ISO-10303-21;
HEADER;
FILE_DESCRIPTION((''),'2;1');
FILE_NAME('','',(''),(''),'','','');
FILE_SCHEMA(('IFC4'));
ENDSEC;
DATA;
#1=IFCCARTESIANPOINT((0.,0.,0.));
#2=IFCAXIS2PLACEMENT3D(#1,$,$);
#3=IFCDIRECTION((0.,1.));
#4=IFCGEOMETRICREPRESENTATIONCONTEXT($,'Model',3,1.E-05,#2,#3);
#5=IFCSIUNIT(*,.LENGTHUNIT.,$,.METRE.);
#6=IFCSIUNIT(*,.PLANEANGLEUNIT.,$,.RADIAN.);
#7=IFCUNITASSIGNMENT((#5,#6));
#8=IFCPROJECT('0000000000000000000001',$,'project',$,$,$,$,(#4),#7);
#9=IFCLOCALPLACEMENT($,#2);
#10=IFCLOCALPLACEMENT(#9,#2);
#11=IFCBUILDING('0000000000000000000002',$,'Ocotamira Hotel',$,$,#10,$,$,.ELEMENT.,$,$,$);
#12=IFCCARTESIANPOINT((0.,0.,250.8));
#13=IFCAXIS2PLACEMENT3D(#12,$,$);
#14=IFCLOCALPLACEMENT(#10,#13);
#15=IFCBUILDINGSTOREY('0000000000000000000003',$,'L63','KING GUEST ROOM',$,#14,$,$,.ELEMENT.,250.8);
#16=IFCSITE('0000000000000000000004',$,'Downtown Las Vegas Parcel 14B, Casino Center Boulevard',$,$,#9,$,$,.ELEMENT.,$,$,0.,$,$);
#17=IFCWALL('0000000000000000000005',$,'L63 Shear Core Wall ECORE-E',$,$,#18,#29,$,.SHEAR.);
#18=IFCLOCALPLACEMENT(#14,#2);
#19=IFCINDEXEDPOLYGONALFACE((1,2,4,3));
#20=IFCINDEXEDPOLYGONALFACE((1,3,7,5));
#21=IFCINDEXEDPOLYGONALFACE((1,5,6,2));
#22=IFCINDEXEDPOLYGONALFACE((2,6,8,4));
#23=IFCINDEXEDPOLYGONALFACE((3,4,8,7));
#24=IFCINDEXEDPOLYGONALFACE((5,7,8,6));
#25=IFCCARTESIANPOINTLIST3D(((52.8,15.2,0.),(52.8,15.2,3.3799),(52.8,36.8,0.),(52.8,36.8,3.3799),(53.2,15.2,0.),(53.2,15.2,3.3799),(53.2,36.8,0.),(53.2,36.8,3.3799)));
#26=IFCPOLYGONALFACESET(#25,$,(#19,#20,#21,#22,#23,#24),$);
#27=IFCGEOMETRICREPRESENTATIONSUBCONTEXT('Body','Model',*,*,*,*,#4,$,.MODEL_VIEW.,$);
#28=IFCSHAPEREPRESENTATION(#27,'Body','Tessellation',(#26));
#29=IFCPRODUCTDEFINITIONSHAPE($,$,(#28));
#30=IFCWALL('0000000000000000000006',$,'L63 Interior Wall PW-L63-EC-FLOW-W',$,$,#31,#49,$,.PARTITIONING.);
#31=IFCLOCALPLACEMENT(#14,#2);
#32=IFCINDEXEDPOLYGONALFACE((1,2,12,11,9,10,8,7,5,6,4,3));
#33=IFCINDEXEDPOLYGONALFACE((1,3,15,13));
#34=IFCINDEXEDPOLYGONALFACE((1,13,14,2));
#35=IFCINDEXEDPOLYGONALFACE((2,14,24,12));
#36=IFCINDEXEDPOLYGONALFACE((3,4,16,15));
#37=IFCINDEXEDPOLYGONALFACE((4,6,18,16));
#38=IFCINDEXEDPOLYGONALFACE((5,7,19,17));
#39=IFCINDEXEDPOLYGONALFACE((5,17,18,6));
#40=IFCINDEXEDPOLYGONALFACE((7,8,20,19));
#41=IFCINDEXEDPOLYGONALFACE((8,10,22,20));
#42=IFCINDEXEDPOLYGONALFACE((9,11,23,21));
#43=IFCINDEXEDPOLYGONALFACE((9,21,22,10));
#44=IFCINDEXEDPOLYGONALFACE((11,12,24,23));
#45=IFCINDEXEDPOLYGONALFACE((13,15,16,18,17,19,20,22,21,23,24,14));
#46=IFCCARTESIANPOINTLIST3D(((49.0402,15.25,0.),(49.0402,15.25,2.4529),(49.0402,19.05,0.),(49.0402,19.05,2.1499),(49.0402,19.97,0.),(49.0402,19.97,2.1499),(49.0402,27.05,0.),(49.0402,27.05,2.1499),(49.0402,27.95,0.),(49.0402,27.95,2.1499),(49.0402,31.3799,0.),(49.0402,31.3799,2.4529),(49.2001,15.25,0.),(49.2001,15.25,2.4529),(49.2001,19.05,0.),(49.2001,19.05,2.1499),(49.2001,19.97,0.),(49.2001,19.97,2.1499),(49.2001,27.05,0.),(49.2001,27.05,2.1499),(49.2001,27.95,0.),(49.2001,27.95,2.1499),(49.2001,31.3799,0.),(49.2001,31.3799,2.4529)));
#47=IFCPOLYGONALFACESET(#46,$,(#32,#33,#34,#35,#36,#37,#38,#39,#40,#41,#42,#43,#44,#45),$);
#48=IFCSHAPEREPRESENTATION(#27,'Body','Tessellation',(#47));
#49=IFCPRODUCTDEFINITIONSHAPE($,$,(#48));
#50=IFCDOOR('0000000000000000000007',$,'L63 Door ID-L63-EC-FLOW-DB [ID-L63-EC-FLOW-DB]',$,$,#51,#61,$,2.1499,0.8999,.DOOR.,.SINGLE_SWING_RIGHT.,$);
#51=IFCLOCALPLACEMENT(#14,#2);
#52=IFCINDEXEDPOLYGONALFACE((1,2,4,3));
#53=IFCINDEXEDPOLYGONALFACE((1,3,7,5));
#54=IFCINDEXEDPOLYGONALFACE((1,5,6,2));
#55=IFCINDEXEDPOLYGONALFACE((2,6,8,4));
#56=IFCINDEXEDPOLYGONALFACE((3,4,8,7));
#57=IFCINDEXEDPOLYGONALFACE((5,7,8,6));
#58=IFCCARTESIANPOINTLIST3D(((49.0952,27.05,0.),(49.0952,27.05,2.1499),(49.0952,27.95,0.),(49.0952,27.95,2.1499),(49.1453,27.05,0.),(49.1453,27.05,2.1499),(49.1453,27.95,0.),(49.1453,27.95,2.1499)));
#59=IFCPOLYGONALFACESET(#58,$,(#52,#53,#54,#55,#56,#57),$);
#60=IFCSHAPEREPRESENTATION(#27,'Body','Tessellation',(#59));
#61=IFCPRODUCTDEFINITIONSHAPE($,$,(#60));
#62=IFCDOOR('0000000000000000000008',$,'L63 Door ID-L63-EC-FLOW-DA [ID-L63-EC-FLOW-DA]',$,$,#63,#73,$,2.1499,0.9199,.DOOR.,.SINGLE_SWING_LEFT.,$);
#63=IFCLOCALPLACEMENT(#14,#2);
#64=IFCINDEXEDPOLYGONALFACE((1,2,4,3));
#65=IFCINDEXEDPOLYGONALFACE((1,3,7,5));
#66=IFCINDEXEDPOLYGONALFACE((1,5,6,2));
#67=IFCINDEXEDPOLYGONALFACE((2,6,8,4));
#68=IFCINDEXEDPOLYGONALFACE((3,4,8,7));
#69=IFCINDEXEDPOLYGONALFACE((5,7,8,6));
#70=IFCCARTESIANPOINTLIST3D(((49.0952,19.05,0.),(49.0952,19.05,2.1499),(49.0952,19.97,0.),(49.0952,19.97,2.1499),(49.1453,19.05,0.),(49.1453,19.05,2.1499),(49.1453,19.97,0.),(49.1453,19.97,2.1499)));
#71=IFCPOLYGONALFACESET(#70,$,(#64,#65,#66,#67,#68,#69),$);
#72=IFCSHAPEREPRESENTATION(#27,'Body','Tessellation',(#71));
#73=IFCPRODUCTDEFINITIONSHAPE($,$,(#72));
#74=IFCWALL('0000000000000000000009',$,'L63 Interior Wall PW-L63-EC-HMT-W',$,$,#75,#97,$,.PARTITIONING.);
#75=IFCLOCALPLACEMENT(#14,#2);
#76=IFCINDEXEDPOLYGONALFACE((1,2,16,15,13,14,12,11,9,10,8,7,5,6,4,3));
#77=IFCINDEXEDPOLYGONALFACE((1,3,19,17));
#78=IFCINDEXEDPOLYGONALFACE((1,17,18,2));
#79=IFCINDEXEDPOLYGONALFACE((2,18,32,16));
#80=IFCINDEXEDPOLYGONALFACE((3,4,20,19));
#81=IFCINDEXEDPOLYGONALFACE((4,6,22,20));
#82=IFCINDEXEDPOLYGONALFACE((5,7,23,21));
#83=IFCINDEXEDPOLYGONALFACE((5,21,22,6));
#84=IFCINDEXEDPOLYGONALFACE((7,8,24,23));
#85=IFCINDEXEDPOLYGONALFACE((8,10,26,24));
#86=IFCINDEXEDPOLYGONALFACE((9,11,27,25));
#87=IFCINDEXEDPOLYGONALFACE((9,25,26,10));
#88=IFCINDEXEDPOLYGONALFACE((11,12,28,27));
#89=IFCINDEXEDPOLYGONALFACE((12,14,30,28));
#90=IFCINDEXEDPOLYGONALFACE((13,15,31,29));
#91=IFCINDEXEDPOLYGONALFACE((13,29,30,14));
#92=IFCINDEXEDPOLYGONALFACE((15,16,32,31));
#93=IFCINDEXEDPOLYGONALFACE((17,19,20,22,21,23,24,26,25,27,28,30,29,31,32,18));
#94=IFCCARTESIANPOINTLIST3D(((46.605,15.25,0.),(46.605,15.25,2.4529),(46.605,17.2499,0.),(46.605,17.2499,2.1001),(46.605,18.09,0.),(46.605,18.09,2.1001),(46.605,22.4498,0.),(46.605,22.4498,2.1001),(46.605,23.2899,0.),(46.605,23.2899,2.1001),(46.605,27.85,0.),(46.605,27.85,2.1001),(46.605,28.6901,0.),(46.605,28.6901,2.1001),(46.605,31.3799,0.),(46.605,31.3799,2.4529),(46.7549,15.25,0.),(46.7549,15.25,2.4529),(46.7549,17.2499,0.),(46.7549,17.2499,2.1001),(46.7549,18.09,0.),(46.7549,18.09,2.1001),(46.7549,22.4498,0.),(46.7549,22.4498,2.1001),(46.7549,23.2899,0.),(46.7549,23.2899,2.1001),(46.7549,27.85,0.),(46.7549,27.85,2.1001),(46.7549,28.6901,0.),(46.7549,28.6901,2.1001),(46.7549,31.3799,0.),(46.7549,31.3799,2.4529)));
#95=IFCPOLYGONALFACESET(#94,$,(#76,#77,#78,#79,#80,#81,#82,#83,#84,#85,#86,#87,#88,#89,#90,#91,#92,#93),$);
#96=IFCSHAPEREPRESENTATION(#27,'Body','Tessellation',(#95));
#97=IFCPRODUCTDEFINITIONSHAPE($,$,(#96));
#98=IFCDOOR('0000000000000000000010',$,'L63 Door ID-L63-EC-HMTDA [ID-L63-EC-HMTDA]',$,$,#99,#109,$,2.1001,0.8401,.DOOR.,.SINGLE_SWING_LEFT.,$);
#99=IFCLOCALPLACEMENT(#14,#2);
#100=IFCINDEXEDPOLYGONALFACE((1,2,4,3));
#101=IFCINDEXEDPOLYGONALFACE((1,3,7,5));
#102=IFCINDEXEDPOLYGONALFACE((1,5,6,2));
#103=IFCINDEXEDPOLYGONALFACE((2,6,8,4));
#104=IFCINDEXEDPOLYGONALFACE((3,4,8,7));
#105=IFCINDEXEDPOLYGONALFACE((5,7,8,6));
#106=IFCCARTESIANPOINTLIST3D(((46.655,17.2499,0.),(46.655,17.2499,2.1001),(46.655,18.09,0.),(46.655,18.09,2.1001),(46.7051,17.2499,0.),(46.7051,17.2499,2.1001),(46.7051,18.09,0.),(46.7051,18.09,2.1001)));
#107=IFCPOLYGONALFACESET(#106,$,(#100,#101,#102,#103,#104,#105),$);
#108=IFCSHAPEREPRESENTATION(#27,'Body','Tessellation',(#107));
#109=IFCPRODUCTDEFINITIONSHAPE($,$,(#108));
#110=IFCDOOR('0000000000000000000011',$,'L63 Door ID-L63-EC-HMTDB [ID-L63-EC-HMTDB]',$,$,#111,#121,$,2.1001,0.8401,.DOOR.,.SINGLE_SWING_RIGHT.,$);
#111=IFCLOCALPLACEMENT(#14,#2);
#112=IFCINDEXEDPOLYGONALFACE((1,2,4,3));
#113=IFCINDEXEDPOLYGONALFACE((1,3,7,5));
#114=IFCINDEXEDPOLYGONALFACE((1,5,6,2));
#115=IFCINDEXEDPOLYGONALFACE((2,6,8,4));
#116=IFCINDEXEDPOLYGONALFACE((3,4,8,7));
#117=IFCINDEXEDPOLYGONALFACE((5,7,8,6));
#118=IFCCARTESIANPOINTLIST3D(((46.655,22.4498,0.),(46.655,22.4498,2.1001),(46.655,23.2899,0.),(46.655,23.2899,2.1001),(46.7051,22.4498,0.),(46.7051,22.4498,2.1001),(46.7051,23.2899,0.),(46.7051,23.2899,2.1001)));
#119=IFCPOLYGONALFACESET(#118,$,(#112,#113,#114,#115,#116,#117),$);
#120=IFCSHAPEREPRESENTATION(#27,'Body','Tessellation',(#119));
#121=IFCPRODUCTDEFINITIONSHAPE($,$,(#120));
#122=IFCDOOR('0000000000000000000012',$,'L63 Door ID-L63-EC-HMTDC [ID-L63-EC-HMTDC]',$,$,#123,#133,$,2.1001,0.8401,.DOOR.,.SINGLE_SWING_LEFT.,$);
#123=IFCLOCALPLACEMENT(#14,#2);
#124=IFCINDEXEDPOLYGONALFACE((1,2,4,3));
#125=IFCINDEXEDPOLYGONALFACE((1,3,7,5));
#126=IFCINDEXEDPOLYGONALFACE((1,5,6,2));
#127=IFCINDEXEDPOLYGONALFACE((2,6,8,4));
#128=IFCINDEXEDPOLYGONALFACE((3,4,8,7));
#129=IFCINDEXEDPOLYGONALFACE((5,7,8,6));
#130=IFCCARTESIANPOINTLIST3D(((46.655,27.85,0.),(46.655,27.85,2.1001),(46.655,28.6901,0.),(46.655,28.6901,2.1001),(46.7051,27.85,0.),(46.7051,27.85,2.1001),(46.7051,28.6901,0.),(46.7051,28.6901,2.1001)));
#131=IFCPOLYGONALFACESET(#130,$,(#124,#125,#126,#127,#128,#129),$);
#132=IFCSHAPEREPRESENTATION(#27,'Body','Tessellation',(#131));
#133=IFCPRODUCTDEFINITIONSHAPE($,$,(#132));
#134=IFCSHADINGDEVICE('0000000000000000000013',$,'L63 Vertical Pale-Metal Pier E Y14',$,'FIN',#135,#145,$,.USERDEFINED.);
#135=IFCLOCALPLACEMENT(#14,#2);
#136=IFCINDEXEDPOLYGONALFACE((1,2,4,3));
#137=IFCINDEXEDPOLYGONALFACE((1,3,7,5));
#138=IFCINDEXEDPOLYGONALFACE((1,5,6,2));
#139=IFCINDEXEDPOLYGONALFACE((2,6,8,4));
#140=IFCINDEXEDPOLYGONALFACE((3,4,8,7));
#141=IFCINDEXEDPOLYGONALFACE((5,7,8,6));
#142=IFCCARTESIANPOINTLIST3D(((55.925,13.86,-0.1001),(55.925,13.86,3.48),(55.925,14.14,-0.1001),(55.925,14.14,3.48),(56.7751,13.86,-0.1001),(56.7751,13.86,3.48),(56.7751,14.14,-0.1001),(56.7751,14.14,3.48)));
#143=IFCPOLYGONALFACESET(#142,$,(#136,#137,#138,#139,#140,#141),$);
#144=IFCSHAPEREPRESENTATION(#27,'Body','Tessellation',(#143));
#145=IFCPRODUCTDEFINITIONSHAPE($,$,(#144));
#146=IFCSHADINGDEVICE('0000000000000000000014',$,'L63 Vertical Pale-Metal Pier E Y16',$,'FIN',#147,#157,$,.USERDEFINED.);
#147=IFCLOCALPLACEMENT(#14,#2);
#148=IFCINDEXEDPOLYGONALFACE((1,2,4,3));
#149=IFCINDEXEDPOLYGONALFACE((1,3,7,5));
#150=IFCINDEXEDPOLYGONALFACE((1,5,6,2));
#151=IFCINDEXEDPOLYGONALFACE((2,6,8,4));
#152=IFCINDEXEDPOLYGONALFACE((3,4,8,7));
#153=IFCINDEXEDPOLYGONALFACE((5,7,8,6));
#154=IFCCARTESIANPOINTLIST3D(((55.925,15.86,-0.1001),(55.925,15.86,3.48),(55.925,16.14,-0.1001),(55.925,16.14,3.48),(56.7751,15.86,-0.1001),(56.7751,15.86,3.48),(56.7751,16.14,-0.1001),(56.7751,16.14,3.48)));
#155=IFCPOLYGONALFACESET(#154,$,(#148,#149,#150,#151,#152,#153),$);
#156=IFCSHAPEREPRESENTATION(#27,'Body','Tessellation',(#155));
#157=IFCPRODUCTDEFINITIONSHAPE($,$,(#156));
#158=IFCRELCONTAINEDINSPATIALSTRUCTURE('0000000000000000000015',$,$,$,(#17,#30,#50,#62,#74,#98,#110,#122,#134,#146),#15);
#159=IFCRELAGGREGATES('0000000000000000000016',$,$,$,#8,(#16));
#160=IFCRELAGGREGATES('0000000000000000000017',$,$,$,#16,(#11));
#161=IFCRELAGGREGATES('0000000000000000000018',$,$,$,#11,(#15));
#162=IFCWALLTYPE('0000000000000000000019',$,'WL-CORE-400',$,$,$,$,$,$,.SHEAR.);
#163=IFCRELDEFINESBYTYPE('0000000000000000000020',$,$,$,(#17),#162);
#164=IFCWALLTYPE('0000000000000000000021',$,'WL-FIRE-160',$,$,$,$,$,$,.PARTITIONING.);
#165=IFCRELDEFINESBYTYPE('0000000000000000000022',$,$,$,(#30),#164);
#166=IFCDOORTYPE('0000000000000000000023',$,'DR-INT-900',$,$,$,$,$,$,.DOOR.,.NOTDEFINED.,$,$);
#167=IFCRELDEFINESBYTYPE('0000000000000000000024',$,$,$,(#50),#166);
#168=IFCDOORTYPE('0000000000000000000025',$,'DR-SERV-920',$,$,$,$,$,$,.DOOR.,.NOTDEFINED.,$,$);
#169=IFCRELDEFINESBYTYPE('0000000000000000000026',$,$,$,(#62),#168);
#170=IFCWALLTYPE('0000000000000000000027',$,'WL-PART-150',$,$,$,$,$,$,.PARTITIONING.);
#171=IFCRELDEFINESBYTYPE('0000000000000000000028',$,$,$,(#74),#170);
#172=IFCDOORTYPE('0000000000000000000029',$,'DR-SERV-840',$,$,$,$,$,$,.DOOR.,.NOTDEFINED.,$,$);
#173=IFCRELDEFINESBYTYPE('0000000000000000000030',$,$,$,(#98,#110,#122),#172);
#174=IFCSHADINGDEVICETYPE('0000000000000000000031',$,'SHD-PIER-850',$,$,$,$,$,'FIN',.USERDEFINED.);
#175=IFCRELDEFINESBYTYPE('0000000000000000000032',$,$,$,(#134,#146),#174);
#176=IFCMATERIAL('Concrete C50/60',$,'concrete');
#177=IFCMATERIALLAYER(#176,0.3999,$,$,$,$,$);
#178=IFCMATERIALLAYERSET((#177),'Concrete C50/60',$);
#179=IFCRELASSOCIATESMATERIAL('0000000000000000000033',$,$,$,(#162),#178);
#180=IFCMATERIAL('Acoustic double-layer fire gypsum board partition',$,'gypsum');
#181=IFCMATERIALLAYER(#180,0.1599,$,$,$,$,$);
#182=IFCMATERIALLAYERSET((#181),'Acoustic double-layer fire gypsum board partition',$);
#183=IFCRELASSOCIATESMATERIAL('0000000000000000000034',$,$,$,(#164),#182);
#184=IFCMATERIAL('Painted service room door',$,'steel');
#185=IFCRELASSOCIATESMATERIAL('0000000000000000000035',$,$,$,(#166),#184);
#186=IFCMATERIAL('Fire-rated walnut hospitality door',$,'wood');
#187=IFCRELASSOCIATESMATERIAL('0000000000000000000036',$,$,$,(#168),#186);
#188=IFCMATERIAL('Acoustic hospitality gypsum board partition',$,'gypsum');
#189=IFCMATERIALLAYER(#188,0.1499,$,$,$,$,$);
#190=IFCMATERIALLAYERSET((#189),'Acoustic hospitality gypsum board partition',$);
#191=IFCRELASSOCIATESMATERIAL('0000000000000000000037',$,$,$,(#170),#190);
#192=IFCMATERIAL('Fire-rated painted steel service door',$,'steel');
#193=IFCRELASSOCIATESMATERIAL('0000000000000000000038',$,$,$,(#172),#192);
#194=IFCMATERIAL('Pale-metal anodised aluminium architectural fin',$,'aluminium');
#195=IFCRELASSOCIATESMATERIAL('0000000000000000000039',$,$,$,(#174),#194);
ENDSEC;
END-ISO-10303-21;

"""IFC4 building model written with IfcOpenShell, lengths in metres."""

from ifc_helpers import new_model, si_unit, direction, frame, frame_2d, origin, origin_2d, place, context, subcontext, project, spatial, rectangle, extrude, source, transform, mapped, material, layer, layer_set, type_object, element, fill, save


model = new_model("IFC4")

# Units and contexts
model_context = context("Model", 3, precision=1e-05, world=origin(), true_north=direction((0.0, 1.0)))
body_context = subcontext(model_context, "Body", "Model", "MODEL_VIEW")
ifc_project = project(units=[si_unit("LENGTHUNIT", "METRE"), si_unit("PLANEANGLEUNIT", "RADIAN")], contexts=[model_context])

# Site, building, storey
site_placement = place(None, origin())
site = spatial("IfcSite", under=ifc_project, at=site_placement, Name="Downtown Las Vegas Parcel 14B, Casino Center Boulevard", CompositionType="ELEMENT", RefElevation=0.0)
building_placement = place(site_placement, origin())
building = spatial("IfcBuilding", under=site, at=building_placement, Name="Ocotamira Hotel", CompositionType="ELEMENT")
storey_placement = place(building_placement, frame((0.0, 0.0, 250.8)))
storey = spatial("IfcBuildingStorey", under=building, at=storey_placement, Name="L63", Description="KING GUEST ROOM", CompositionType="ELEMENT", Elevation=250.8)

# Wall
ifc_material_1 = material(Name="Concrete C50/60", Category="concrete")
ifc_layer_1 = layer(ifc_material_1, 0.3999)
ifc_layer_set_1 = layer_set([ifc_layer_1], Name="Concrete C50/60")
wall_type_1 = type_object("IfcWallType", Name="WL-CORE-400", PredefinedType="SHEAR", material=ifc_layer_set_1)
wall_1_placement = place(storey_placement, frame((53.0, 15.2, 0.0), z_axis=(0.0, 0.0, 1.0), x_axis=(0.0, 1.0, 0.0)))
element("IfcWall", 1, at=wall_1_placement, inside=storey, type_object=wall_type_1, Name="L63 Shear Core Wall ECORE-E", PredefinedType="SHEAR", context=body_context, shape_type="SweptSolid", body=[
    extrude(rectangle(XDim=21.6001, YDim=0.3999, at=frame_2d((10.8, 0.0))), origin(), (0.0, 0.0, 1.0), 3.3799),
])

# Wall, openings, doors
ifc_material_2 = material(Name="Acoustic double-layer fire gypsum board partition", Category="gypsum")
ifc_layer_2 = layer(ifc_material_2, 0.1599)
ifc_layer_set_2 = layer_set([ifc_layer_2], Name="Acoustic double-layer fire gypsum board partition")
wall_type_2 = type_object("IfcWallType", Name="WL-FIRE-160", PredefinedType="PARTITIONING", material=ifc_layer_set_2)
wall_2_placement = place(storey_placement, frame((49.1201, 15.25, 0.0), z_axis=(0.0, 0.0, 1.0), x_axis=(0.0, 1.0, 0.0)))
wall_2 = element("IfcWall", 2, at=wall_2_placement, inside=storey, type_object=wall_type_2, Name="L63 Interior Wall PW-L63-EC-FLOW-W", PredefinedType="PARTITIONING", context=body_context, shape_type="SweptSolid", body=[
    extrude(rectangle(XDim=16.1299, YDim=0.1599, at=frame_2d((8.0649, 0.0))), origin(), (0.0, 0.0, 1.0), 2.4529),
])
opening_1_placement = place(wall_2_placement, frame((3.8, 0.0, 0.0)))
opening_1 = element("IfcOpeningElement", 3, at=opening_1_placement, cuts=wall_2, PredefinedType="OPENING", context=body_context, shape_type="SweptSolid", body=[
    extrude(rectangle(XDim=0.9199, YDim=2.1499, at=frame_2d((0.46, 1.075))), frame((0.0, 0.0898, 0.0), z_axis=(0.0, -1.0, 0.0), x_axis=(1.0, 0.0, 0.0)), (0.0, 0.0, 1.0), 0.1799),
])
opening_2_placement = place(wall_2_placement, frame((11.8, 0.0, 0.0)))
opening_2 = element("IfcOpeningElement", 4, at=opening_2_placement, cuts=wall_2, PredefinedType="OPENING", context=body_context, shape_type="SweptSolid", body=[
    extrude(rectangle(XDim=0.8999, YDim=2.1499, at=frame_2d((0.45, 1.075))), frame((0.0, 0.0898, 0.0), z_axis=(0.0, -1.0, 0.0), x_axis=(1.0, 0.0, 0.0)), (0.0, 0.0, 1.0), 0.1799),
])
ifc_material_3 = material(Name="Painted service room door", Category="steel")
door_type_1 = type_object("IfcDoorType", Name="DR-INT-900", OperationType="NOTDEFINED", PredefinedType="DOOR", material=ifc_material_3)
shared_shape_1 = source(origin(), body_context, "Body", "SweptSolid", [
    extrude(rectangle(XDim=0.8999, YDim=2.1499, at=frame_2d((0.45, 1.075))), frame((0.0, 0.0249, 0.0), z_axis=(0.0, -1.0, 0.0), x_axis=(1.0, 0.0, 0.0)), (0.0, 0.0, 1.0), 0.05),
])
door_1_placement = place(opening_2_placement, origin())
door_1 = element("IfcDoor", 5, at=door_1_placement, inside=storey, type_object=door_type_1, Name="L63 Door ID-L63-EC-FLOW-DB [ID-L63-EC-FLOW-DB]", OperationType="SINGLE_SWING_RIGHT", OverallHeight=2.1499, OverallWidth=0.8999, PredefinedType="DOOR", context=body_context, shape_type="MappedRepresentation", body=[
    mapped(shared_shape_1, transform((0.0, 0.0, 0.0), scale=1.0)),
])
fill(opening_2, door_1)
ifc_material_4 = material(Name="Fire-rated walnut hospitality door", Category="wood")
door_type_2 = type_object("IfcDoorType", Name="DR-SERV-920", OperationType="NOTDEFINED", PredefinedType="DOOR", material=ifc_material_4)
shared_shape_2 = source(origin(), body_context, "Body", "SweptSolid", [
    extrude(rectangle(XDim=0.9199, YDim=2.1499, at=frame_2d((0.46, 1.075))), frame((0.0, 0.0249, 0.0), z_axis=(0.0, -1.0, 0.0), x_axis=(1.0, 0.0, 0.0)), (0.0, 0.0, 1.0), 0.05),
])
door_2_placement = place(opening_1_placement, origin())
door_2 = element("IfcDoor", 6, at=door_2_placement, inside=storey, type_object=door_type_2, Name="L63 Door ID-L63-EC-FLOW-DA [ID-L63-EC-FLOW-DA]", OperationType="SINGLE_SWING_LEFT", OverallHeight=2.1499, OverallWidth=0.9199, PredefinedType="DOOR", context=body_context, shape_type="MappedRepresentation", body=[
    mapped(shared_shape_2, transform((0.0, 0.0, 0.0), scale=1.0)),
])
fill(opening_1, door_2)

# Wall, openings, doors
ifc_material_5 = material(Name="Acoustic hospitality gypsum board partition", Category="gypsum")
ifc_layer_3 = layer(ifc_material_5, 0.1499)
ifc_layer_set_3 = layer_set([ifc_layer_3], Name="Acoustic hospitality gypsum board partition")
wall_type_3 = type_object("IfcWallType", Name="WL-PART-150", PredefinedType="PARTITIONING", material=ifc_layer_set_3)
wall_3_placement = place(storey_placement, frame((46.6799, 15.25, 0.0), z_axis=(0.0, 0.0, 1.0), x_axis=(0.0, 1.0, 0.0)))
wall_3 = element("IfcWall", 7, at=wall_3_placement, inside=storey, type_object=wall_type_3, Name="L63 Interior Wall PW-L63-EC-HMT-W", PredefinedType="PARTITIONING", context=body_context, shape_type="SweptSolid", body=[
    extrude(rectangle(XDim=16.1299, YDim=0.1499, at=frame_2d((8.0649, 0.0))), origin(), (0.0, 0.0, 1.0), 2.4529),
])
opening_3_placement = place(wall_3_placement, frame((2.0, 0.0, 0.0)))
opening_3 = element("IfcOpeningElement", 8, at=opening_3_placement, cuts=wall_3, PredefinedType="OPENING", context=body_context, shape_type="SweptSolid", body=[
    extrude(rectangle(XDim=0.8401, YDim=2.1001, at=frame_2d((0.4199, 1.05))), frame((0.0, 0.085, 0.0), z_axis=(0.0, -1.0, 0.0), x_axis=(1.0, 0.0, 0.0)), (0.0, 0.0, 1.0), 0.1699),
])
opening_4_placement = place(wall_3_placement, frame((7.2, 0.0, 0.0)))
opening_4 = element("IfcOpeningElement", 9, at=opening_4_placement, cuts=wall_3, PredefinedType="OPENING", context=body_context, shape_type="SweptSolid", body=[
    extrude(rectangle(XDim=0.8401, YDim=2.1001, at=frame_2d((0.4199, 1.05))), frame((0.0, 0.085, 0.0), z_axis=(0.0, -1.0, 0.0), x_axis=(1.0, 0.0, 0.0)), (0.0, 0.0, 1.0), 0.1699),
])
opening_5_placement = place(wall_3_placement, frame((12.6001, 0.0, 0.0)))
opening_5 = element("IfcOpeningElement", 10, at=opening_5_placement, cuts=wall_3, PredefinedType="OPENING", context=body_context, shape_type="SweptSolid", body=[
    extrude(rectangle(XDim=0.8401, YDim=2.1001, at=frame_2d((0.4199, 1.05))), frame((0.0, 0.085, 0.0), z_axis=(0.0, -1.0, 0.0), x_axis=(1.0, 0.0, 0.0)), (0.0, 0.0, 1.0), 0.1699),
])
ifc_material_6 = material(Name="Fire-rated painted steel service door", Category="steel")
door_type_3 = type_object("IfcDoorType", Name="DR-SERV-840", OperationType="NOTDEFINED", PredefinedType="DOOR", material=ifc_material_6)
shared_shape_3 = source(origin(), body_context, "Body", "SweptSolid", [
    extrude(rectangle(XDim=0.8401, YDim=2.1001, at=frame_2d((0.4199, 1.05))), frame((0.0, 0.0249, 0.0), z_axis=(0.0, -1.0, 0.0), x_axis=(1.0, 0.0, 0.0)), (0.0, 0.0, 1.0), 0.05),
])
door_3_placement = place(opening_3_placement, origin())
door_3 = element("IfcDoor", 11, at=door_3_placement, inside=storey, type_object=door_type_3, Name="L63 Door ID-L63-EC-HMTDA [ID-L63-EC-HMTDA]", OperationType="SINGLE_SWING_LEFT", OverallHeight=2.1001, OverallWidth=0.8401, PredefinedType="DOOR", context=body_context, shape_type="MappedRepresentation", body=[
    mapped(shared_shape_3, transform((0.0, 0.0, 0.0), scale=1.0)),
])
fill(opening_3, door_3)
door_4_placement = place(opening_4_placement, origin())
door_4 = element("IfcDoor", 12, at=door_4_placement, inside=storey, type_object=door_type_3, Name="L63 Door ID-L63-EC-HMTDB [ID-L63-EC-HMTDB]", OperationType="SINGLE_SWING_RIGHT", OverallHeight=2.1001, OverallWidth=0.8401, PredefinedType="DOOR", context=body_context, shape_type="MappedRepresentation", body=[
    mapped(shared_shape_3, transform((0.0, 0.0, 0.0), scale=1.0)),
])
fill(opening_4, door_4)
door_5_placement = place(opening_5_placement, origin())
door_5 = element("IfcDoor", 13, at=door_5_placement, inside=storey, type_object=door_type_3, Name="L63 Door ID-L63-EC-HMTDC [ID-L63-EC-HMTDC]", OperationType="SINGLE_SWING_LEFT", OverallHeight=2.1001, OverallWidth=0.8401, PredefinedType="DOOR", context=body_context, shape_type="MappedRepresentation", body=[
    mapped(shared_shape_3, transform((0.0, 0.0, 0.0), scale=1.0)),
])
fill(opening_5, door_5)

# Shading devices
ifc_material_7 = material(Name="Pale-metal anodised aluminium architectural fin", Category="aluminium")
shading_device_type = type_object("IfcShadingDeviceType", Name="SHD-PIER-850", ElementType="FIN", PredefinedType="USERDEFINED", material=ifc_material_7)
shared_shape_4 = source(origin(), body_context, "Body", "SweptSolid", [
    extrude(rectangle(XDim=0.8501, YDim=0.28, at=origin_2d()), origin(), (0.0, 0.0, 1.0), 3.5801),
])
for number, where, z_axis, x_axis, name in (
    (14, (56.3501, 14.0, -0.1001), (0.0, 0.0, 1.0), (1.0, 0.0, 0.0), "L63 Vertical Pale-Metal Pier E Y14"),
    (15, (56.3501, 16.0, -0.1001), (0.0, 0.0, 1.0), (1.0, 0.0, 0.0), "L63 Vertical Pale-Metal Pier E Y16"),
):
    element("IfcShadingDevice", number, at=place(storey_placement, frame(where, z_axis=z_axis, x_axis=x_axis)), inside=storey, type_object=shading_device_type, Name=name, ObjectType="FIN", PredefinedType="USERDEFINED", context=body_context, shape_type="MappedRepresentation", body=[
        mapped(shared_shape_4, transform((0.0, 0.0, 0.0), scale=1.0)),
    ])

save(model, "model.ifc")
